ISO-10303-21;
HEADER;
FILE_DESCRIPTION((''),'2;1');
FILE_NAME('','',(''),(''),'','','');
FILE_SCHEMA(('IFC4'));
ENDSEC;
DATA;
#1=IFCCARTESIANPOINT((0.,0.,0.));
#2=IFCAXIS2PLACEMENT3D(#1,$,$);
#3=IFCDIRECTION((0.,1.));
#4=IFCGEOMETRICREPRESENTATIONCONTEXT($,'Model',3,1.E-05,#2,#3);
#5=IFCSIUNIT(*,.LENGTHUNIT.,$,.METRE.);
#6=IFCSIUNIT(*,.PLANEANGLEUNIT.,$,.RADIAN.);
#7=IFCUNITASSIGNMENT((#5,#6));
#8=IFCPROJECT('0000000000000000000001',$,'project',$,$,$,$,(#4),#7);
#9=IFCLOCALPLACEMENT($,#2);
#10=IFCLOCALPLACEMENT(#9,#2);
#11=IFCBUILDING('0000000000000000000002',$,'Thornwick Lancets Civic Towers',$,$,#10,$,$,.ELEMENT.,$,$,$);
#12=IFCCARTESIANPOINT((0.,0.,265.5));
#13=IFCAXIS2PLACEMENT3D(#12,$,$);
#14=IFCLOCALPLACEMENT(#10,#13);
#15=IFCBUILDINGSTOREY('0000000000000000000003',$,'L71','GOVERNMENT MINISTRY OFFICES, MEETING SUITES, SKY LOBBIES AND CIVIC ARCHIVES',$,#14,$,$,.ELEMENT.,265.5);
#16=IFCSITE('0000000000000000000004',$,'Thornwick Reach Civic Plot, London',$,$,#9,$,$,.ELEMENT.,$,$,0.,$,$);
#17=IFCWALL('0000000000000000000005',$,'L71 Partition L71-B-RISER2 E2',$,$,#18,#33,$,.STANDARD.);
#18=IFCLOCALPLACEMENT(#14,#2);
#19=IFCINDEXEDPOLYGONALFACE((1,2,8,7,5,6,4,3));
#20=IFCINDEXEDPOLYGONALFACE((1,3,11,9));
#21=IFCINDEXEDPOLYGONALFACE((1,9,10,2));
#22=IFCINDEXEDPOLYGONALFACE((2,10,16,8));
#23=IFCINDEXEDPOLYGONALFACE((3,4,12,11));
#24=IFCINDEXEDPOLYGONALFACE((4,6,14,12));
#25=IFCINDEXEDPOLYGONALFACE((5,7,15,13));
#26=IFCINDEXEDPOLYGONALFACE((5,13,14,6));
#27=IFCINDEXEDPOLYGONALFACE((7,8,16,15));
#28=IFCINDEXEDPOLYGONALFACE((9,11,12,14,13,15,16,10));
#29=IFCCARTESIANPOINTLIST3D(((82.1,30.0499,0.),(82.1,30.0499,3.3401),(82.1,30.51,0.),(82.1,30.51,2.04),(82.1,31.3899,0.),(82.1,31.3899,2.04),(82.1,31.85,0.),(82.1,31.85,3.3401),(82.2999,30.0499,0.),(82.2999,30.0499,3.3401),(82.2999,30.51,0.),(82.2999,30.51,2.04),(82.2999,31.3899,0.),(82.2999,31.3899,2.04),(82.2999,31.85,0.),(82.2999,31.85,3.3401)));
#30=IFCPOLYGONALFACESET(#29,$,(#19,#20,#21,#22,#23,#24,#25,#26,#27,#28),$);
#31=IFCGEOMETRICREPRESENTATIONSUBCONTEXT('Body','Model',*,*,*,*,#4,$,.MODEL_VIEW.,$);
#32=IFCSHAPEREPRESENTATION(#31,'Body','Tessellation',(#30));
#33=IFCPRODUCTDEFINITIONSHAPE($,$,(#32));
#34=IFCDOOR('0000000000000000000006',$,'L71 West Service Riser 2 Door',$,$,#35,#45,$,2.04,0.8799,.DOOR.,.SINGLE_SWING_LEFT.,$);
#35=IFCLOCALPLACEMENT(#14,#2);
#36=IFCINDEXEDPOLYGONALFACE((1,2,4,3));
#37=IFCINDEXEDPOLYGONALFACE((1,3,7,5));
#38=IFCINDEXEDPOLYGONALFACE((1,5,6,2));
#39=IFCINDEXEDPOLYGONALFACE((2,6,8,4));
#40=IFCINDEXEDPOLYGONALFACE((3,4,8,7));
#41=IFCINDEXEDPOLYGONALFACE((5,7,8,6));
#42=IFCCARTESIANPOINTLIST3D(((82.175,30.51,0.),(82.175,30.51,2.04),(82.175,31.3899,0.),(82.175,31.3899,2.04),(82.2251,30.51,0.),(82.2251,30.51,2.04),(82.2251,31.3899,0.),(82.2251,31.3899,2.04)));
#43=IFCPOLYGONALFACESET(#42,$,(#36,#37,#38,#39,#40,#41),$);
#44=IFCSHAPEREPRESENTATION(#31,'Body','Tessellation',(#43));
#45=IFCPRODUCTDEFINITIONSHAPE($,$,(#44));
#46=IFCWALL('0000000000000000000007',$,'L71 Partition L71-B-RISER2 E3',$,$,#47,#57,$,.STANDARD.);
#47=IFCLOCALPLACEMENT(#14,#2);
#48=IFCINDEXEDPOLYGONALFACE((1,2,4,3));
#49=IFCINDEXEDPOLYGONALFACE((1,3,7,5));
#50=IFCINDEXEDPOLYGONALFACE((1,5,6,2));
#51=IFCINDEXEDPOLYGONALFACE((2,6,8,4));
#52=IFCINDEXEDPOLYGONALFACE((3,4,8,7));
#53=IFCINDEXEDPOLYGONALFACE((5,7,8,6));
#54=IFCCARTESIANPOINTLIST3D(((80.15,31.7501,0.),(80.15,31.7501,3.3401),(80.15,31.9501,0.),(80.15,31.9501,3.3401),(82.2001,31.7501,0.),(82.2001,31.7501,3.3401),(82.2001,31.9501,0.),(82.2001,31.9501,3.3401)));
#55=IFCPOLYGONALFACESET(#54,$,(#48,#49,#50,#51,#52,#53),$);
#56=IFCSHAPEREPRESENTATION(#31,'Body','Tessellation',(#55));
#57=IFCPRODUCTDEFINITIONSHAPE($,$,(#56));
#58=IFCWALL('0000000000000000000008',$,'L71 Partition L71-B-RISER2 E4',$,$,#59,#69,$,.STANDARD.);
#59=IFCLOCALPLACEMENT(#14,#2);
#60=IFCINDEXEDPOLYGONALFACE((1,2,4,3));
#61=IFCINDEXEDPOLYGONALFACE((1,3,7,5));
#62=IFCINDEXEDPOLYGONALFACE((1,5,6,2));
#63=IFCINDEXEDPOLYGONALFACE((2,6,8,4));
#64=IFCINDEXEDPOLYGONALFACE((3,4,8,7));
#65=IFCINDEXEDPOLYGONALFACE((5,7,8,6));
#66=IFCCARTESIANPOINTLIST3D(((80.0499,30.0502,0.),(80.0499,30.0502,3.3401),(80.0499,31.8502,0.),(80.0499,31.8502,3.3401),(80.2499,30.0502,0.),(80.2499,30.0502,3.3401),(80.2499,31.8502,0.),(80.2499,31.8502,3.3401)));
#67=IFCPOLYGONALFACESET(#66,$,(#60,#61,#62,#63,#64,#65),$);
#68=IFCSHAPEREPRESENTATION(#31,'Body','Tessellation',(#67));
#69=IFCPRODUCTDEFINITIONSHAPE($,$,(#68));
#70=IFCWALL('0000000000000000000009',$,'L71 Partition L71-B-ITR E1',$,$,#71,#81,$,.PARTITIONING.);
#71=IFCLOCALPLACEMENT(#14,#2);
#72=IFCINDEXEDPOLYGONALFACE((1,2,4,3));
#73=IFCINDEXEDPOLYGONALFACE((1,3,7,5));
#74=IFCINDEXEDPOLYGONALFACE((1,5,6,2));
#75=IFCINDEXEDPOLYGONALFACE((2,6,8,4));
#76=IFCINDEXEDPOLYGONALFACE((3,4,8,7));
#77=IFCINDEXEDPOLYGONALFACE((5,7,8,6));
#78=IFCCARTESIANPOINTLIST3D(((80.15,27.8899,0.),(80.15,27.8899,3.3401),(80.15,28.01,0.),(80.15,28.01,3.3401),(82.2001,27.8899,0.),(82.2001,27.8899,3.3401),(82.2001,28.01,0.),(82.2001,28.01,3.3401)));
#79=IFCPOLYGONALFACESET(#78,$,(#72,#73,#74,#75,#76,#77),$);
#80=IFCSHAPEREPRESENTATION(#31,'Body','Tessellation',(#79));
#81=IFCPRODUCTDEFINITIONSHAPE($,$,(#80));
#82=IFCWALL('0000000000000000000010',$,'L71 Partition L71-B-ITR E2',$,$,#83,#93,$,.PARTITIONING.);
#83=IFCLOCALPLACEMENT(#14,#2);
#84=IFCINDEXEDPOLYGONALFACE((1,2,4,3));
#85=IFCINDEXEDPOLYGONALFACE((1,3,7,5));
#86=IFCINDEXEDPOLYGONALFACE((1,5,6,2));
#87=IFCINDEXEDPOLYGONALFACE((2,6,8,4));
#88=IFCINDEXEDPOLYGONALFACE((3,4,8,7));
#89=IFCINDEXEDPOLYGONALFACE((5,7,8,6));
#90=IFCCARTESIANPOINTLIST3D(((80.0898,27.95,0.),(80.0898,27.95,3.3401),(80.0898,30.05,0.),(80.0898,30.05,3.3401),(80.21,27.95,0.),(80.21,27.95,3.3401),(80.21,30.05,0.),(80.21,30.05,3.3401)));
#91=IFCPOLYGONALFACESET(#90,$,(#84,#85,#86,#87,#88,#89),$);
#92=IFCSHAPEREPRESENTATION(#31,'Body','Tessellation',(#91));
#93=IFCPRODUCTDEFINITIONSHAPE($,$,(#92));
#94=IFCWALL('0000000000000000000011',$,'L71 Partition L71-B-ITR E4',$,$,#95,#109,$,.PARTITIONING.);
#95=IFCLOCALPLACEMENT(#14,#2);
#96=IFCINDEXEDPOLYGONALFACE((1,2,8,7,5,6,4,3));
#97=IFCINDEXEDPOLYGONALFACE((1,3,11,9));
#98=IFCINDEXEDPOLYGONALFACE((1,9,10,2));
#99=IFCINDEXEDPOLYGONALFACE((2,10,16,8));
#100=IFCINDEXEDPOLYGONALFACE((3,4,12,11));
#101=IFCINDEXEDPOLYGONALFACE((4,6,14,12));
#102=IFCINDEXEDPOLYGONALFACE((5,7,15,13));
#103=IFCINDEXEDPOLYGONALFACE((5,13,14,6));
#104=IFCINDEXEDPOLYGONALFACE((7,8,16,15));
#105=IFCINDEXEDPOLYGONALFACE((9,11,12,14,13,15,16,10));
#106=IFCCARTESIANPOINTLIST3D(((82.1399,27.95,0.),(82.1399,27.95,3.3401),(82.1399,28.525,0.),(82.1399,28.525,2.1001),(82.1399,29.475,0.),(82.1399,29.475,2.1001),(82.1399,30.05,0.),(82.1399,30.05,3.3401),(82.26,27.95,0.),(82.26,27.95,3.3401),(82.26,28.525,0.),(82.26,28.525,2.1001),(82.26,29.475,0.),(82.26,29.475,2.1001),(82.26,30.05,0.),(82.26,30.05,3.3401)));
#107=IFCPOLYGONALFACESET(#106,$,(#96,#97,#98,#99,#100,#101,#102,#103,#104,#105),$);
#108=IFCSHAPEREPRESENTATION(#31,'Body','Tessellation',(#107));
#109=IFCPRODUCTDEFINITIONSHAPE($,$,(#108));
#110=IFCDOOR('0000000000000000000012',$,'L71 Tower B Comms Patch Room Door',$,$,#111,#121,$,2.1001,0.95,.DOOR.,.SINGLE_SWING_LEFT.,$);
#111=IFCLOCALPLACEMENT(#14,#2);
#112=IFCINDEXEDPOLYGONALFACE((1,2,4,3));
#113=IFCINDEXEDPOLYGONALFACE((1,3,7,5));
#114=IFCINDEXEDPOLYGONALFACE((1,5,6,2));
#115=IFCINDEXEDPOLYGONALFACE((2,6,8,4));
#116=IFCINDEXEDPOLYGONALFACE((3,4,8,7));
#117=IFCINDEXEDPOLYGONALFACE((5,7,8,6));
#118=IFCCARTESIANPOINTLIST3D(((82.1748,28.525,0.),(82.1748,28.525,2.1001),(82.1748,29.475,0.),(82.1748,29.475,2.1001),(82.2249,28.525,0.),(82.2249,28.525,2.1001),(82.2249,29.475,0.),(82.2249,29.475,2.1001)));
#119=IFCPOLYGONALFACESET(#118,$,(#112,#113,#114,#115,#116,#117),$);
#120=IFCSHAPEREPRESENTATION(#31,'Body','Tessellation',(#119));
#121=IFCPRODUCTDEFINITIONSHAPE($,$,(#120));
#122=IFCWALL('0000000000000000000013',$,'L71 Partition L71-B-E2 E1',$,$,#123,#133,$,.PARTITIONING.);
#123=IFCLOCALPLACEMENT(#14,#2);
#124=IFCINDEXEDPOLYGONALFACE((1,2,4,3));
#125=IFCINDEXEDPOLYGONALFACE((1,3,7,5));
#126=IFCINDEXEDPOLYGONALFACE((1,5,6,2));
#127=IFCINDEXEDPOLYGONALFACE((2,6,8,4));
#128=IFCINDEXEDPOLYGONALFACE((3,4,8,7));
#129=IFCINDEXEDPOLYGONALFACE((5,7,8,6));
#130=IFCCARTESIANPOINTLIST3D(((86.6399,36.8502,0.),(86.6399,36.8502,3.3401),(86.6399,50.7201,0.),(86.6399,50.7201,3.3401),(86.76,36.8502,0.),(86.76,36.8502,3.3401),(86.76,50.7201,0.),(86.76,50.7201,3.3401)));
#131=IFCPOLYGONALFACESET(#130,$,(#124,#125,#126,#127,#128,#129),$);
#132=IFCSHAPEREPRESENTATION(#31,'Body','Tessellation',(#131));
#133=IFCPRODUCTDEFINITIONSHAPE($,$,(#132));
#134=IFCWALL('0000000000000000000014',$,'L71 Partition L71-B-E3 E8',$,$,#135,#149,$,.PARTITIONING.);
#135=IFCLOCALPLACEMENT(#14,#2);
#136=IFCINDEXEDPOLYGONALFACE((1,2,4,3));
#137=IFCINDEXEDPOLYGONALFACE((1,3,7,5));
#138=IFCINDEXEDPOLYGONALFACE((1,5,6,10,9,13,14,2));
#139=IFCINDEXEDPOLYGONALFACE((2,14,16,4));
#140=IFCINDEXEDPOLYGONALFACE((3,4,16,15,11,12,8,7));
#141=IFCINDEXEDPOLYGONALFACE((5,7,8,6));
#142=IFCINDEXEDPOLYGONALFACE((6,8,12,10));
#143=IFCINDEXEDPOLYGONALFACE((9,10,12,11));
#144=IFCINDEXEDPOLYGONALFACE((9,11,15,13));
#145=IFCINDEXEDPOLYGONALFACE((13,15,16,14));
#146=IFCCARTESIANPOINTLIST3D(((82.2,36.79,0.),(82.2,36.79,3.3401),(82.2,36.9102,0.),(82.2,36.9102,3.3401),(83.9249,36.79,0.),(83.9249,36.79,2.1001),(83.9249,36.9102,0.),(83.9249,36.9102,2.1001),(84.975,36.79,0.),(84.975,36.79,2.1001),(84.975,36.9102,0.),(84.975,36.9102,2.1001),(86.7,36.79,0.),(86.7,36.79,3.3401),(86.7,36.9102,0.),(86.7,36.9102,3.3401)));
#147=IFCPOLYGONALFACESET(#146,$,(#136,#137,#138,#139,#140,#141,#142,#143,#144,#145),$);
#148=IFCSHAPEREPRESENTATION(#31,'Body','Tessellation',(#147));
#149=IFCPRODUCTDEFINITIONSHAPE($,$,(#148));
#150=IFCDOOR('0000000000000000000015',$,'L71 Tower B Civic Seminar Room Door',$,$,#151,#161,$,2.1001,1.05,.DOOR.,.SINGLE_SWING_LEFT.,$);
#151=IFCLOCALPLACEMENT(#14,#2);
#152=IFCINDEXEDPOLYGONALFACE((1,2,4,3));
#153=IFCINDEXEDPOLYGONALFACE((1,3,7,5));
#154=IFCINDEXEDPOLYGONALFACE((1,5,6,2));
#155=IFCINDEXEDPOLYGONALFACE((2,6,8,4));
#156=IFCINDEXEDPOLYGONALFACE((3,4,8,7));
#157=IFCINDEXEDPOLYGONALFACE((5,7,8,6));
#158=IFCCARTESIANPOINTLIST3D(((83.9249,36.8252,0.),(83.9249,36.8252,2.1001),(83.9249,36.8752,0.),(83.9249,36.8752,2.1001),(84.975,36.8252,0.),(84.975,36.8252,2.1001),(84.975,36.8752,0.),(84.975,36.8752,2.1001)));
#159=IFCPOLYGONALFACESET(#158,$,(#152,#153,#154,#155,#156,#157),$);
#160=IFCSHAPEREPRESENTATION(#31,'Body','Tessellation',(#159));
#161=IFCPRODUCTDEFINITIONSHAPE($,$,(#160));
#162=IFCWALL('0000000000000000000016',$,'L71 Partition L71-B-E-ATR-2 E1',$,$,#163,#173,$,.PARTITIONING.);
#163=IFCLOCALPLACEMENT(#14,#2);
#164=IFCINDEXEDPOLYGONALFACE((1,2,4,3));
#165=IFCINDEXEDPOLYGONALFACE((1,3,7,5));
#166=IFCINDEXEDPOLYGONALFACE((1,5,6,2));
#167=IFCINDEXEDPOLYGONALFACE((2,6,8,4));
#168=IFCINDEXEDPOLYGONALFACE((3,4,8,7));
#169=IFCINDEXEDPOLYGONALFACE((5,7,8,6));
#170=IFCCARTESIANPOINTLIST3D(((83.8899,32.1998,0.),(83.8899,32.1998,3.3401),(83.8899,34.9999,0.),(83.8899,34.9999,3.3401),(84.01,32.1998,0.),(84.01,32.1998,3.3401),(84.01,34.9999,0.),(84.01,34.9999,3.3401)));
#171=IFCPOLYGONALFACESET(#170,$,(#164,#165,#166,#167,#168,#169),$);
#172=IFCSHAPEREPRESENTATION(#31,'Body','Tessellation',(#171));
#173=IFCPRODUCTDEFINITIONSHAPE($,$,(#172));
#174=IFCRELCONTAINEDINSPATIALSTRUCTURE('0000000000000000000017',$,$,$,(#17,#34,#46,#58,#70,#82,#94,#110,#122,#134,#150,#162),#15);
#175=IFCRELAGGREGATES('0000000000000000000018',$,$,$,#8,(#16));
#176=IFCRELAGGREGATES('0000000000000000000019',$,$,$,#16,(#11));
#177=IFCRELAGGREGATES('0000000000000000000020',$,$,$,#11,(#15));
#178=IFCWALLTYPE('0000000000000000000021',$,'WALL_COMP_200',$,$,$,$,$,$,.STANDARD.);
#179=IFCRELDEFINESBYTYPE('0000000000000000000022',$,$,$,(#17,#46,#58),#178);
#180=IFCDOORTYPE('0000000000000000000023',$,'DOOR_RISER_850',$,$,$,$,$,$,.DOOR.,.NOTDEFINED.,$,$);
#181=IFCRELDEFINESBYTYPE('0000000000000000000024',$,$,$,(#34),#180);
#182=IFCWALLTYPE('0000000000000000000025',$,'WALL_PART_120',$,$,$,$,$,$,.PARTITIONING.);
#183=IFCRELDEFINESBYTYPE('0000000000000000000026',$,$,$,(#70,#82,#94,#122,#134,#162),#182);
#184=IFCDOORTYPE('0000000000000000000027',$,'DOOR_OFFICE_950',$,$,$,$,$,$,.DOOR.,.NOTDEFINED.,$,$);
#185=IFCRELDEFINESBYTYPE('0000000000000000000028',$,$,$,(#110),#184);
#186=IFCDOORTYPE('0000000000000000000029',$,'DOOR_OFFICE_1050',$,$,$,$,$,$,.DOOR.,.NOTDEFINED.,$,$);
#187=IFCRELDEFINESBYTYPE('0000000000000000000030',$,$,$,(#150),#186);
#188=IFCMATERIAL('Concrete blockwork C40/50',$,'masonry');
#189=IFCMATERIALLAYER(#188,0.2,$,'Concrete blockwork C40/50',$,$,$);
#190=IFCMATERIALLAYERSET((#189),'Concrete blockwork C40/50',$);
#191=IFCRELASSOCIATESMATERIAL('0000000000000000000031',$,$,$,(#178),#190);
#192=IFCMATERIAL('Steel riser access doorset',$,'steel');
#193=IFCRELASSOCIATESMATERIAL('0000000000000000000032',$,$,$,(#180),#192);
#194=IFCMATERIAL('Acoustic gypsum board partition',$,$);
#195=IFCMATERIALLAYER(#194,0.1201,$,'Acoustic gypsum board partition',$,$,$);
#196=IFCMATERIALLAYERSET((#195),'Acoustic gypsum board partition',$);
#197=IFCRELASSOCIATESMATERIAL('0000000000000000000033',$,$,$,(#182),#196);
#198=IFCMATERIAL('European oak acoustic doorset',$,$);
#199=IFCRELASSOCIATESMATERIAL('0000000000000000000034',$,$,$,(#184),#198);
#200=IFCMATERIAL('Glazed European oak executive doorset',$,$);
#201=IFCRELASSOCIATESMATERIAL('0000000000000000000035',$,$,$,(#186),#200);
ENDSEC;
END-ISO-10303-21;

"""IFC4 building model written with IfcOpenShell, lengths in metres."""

from ifc_helpers import new_model, si_unit, direction, frame, frame_2d, origin, place, context, subcontext, project, spatial, rectangle, extrude, material, layer, layer_set, type_object, element, fill, save


model = new_model("IFC4")

# Units and contexts
model_context = context("Model", 3, precision=1e-05, world=origin(), true_north=direction((0.0, 1.0)))
body_context = subcontext(model_context, "Body", "Model", "MODEL_VIEW")
ifc_project = project(units=[si_unit("LENGTHUNIT", "METRE"), si_unit("PLANEANGLEUNIT", "RADIAN")], contexts=[model_context])

# Site, building, storey
site_placement = place(None, origin())
site = spatial("IfcSite", under=ifc_project, at=site_placement, Name="Thornwick Reach Civic Plot, London", CompositionType="ELEMENT", RefElevation=0.0)
building_placement = place(site_placement, origin())
building = spatial("IfcBuilding", under=site, at=building_placement, Name="Thornwick Lancets Civic Towers", CompositionType="ELEMENT")
storey_placement = place(building_placement, frame((0.0, 0.0, 265.5)))
storey = spatial("IfcBuildingStorey", under=building, at=storey_placement, Name="L71", Description="GOVERNMENT MINISTRY OFFICES, MEETING SUITES, SKY LOBBIES AND CIVIC ARCHIVES", CompositionType="ELEMENT", Elevation=265.5)

# Shared definitions
ifc_material_1 = material(Name="Concrete blockwork C40/50", Category="masonry")
ifc_layer_1 = layer(ifc_material_1, 0.2, Name="Concrete blockwork C40/50")
ifc_layer_set_1 = layer_set([ifc_layer_1], Name="Concrete blockwork C40/50")
wall_type_1 = type_object("IfcWallType", Name="WALL_COMP_200", PredefinedType="STANDARD", material=ifc_layer_set_1)

# Wall, opening, door
wall_1_placement = place(storey_placement, frame((82.2, 30.05, 0.0), z_axis=(0.0, 0.0, 1.0), x_axis=(0.0, 1.0, 0.0)))
wall_1 = element("IfcWall", 1, at=wall_1_placement, inside=storey, type_object=wall_type_1, Name="L71 Partition L71-B-RISER2 E2", PredefinedType="STANDARD", context=body_context, shape_type="SweptSolid", body=[
    extrude(rectangle(XDim=1.8, YDim=0.2, at=frame_2d((0.8999, 0.0))), origin(), (0.0, 0.0, 1.0), 3.3401),
])
opening_1_placement = place(wall_1_placement, frame((0.46, 0.0, 0.0)))
opening_1 = element("IfcOpeningElement", 2, at=opening_1_placement, cuts=wall_1, PredefinedType="OPENING", context=body_context, shape_type="SweptSolid", body=[
    extrude(rectangle(XDim=0.8799, YDim=2.04, at=frame_2d((0.4399, 1.02))), frame((0.0, 0.1099, 0.0), z_axis=(0.0, -1.0, 0.0), x_axis=(1.0, 0.0, 0.0)), (0.0, 0.0, 1.0), 0.22),
])
ifc_material_2 = material(Name="Steel riser access doorset", Category="steel")
door_type_1 = type_object("IfcDoorType", Name="DOOR_RISER_850", OperationType="NOTDEFINED", PredefinedType="DOOR", material=ifc_material_2)
door_1_placement = place(opening_1_placement, origin())
door_1 = element("IfcDoor", 3, at=door_1_placement, inside=storey, type_object=door_type_1, Name="L71 West Service Riser 2 Door", OperationType="SINGLE_SWING_LEFT", OverallHeight=2.04, OverallWidth=0.8799, PredefinedType="DOOR", context=body_context, shape_type="SweptSolid", body=[
    extrude(rectangle(XDim=0.8799, YDim=2.04, at=frame_2d((0.4399, 1.02))), frame((0.0, 0.0249, 0.0), z_axis=(0.0, -1.0, 0.0), x_axis=(1.0, 0.0, 0.0)), (0.0, 0.0, 1.0), 0.05),
])
fill(opening_1, door_1)

# Walls
wall_2_placement = place(storey_placement, frame((82.2, 31.8501, 0.0), z_axis=(0.0, 0.0, 1.0), x_axis=(-1.0, 0.0, 0.0)))
element("IfcWall", 4, at=wall_2_placement, inside=storey, type_object=wall_type_1, Name="L71 Partition L71-B-RISER2 E3", PredefinedType="STANDARD", context=body_context, shape_type="SweptSolid", body=[
    extrude(rectangle(XDim=2.05, YDim=0.2, at=frame_2d((1.0249, 0.0))), origin(), (0.0, 0.0, 1.0), 3.3401),
])
wall_3_placement = place(storey_placement, frame((80.1499, 31.8501, 0.0), z_axis=(0.0, 0.0, 1.0), x_axis=(0.0, -1.0, 0.0)))
element("IfcWall", 5, at=wall_3_placement, inside=storey, type_object=wall_type_1, Name="L71 Partition L71-B-RISER2 E4", PredefinedType="STANDARD", context=body_context, shape_type="SweptSolid", body=[
    extrude(rectangle(XDim=1.8, YDim=0.2, at=frame_2d((0.8999, 0.0))), origin(), (0.0, 0.0, 1.0), 3.3401),
])
ifc_material_3 = material(Name="Acoustic gypsum board partition")
ifc_layer_2 = layer(ifc_material_3, 0.1201, Name="Acoustic gypsum board partition")
ifc_layer_set_2 = layer_set([ifc_layer_2], Name="Acoustic gypsum board partition")
wall_type_2 = type_object("IfcWallType", Name="WALL_PART_120", PredefinedType="PARTITIONING", material=ifc_layer_set_2)
wall_4_placement = place(storey_placement, frame((82.2, 27.95, 0.0), z_axis=(0.0, 0.0, 1.0), x_axis=(-1.0, 0.0, 0.0)))
element("IfcWall", 6, at=wall_4_placement, inside=storey, type_object=wall_type_2, Name="L71 Partition L71-B-ITR E1", PredefinedType="PARTITIONING", context=body_context, shape_type="SweptSolid", body=[
    extrude(rectangle(XDim=2.05, YDim=0.1201, at=frame_2d((1.0249, 0.0))), origin(), (0.0, 0.0, 1.0), 3.3401),
])
wall_5_placement = place(storey_placement, frame((80.1499, 27.95, 0.0), z_axis=(0.0, 0.0, 1.0), x_axis=(0.0, 1.0, 0.0)))
element("IfcWall", 7, at=wall_5_placement, inside=storey, type_object=wall_type_2, Name="L71 Partition L71-B-ITR E2", PredefinedType="PARTITIONING", context=body_context, shape_type="SweptSolid", body=[
    extrude(rectangle(XDim=2.1001, YDim=0.1201, at=frame_2d((1.05, 0.0))), origin(), (0.0, 0.0, 1.0), 3.3401),
])

# Wall, opening, door
wall_6_placement = place(storey_placement, frame((82.2, 30.05, 0.0), z_axis=(0.0, 0.0, 1.0), x_axis=(0.0, -1.0, 0.0)))
wall_6 = element("IfcWall", 8, at=wall_6_placement, inside=storey, type_object=wall_type_2, Name="L71 Partition L71-B-ITR E4", PredefinedType="PARTITIONING", context=body_context, shape_type="SweptSolid", body=[
    extrude(rectangle(XDim=2.1001, YDim=0.1201, at=frame_2d((1.05, 0.0))), origin(), (0.0, 0.0, 1.0), 3.3401),
])
opening_2_placement = place(wall_6_placement, frame((0.575, 0.0, 0.0)))
opening_2 = element("IfcOpeningElement", 9, at=opening_2_placement, cuts=wall_6, PredefinedType="OPENING", context=body_context, shape_type="SweptSolid", body=[
    extrude(rectangle(XDim=0.95, YDim=2.1001, at=frame_2d((0.4751, 1.05))), frame((0.0, 0.0701, 0.0), z_axis=(0.0, -1.0, 0.0), x_axis=(1.0, 0.0, 0.0)), (0.0, 0.0, 1.0), 0.1401),
])
ifc_material_4 = material(Name="European oak acoustic doorset")
door_type_2 = type_object("IfcDoorType", Name="DOOR_OFFICE_950", OperationType="NOTDEFINED", PredefinedType="DOOR", material=ifc_material_4)
door_2_placement = place(opening_2_placement, origin())
door_2 = element("IfcDoor", 10, at=door_2_placement, inside=storey, type_object=door_type_2, Name="L71 Tower B Comms Patch Room Door", OperationType="SINGLE_SWING_LEFT", OverallHeight=2.1001, OverallWidth=0.95, PredefinedType="DOOR", context=body_context, shape_type="SweptSolid", body=[
    extrude(rectangle(XDim=0.95, YDim=2.1001, at=frame_2d((0.4751, 1.05))), frame((0.0, 0.0249, 0.0), z_axis=(0.0, -1.0, 0.0), x_axis=(1.0, 0.0, 0.0)), (0.0, 0.0, 1.0), 0.05),
])
fill(opening_2, door_2)

# Wall
wall_7_placement = place(storey_placement, frame((86.7, 36.8501, 0.0), z_axis=(0.0, 0.0, 1.0), x_axis=(0.0, 1.0, 0.0)))
element("IfcWall", 11, at=wall_7_placement, inside=storey, type_object=wall_type_2, Name="L71 Partition L71-B-E2 E1", PredefinedType="PARTITIONING", context=body_context, shape_type="SweptSolid", body=[
    extrude(rectangle(XDim=13.8699, YDim=0.1201, at=frame_2d((6.9351, 0.0))), origin(), (0.0, 0.0, 1.0), 3.3401),
])

# Wall, opening, door
wall_8_placement = place(storey_placement, frame((86.7, 36.8501, 0.0), z_axis=(0.0, 0.0, 1.0), x_axis=(-1.0, 0.0, 0.0)))
wall_8 = element("IfcWall", 12, at=wall_8_placement, inside=storey, type_object=wall_type_2, Name="L71 Partition L71-B-E3 E8", PredefinedType="PARTITIONING", context=body_context, shape_type="SweptSolid", body=[
    extrude(rectangle(XDim=4.5, YDim=0.1201, at=frame_2d((2.25, 0.0))), origin(), (0.0, 0.0, 1.0), 3.3401),
])
opening_3_placement = place(wall_8_placement, frame((1.7251, 0.0, 0.0)))
opening_3 = element("IfcOpeningElement", 13, at=opening_3_placement, cuts=wall_8, PredefinedType="OPENING", context=body_context, shape_type="SweptSolid", body=[
    extrude(rectangle(XDim=1.05, YDim=2.1001, at=frame_2d((0.5249, 1.05))), frame((0.0, 0.0701, 0.0), z_axis=(0.0, -1.0, 0.0), x_axis=(1.0, 0.0, 0.0)), (0.0, 0.0, 1.0), 0.1401),
])
ifc_material_5 = material(Name="Glazed European oak executive doorset")
door_type_3 = type_object("IfcDoorType", Name="DOOR_OFFICE_1050", OperationType="NOTDEFINED", PredefinedType="DOOR", material=ifc_material_5)
door_3_placement = place(opening_3_placement, origin())
door_3 = element("IfcDoor", 14, at=door_3_placement, inside=storey, type_object=door_type_3, Name="L71 Tower B Civic Seminar Room Door", OperationType="SINGLE_SWING_LEFT", OverallHeight=2.1001, OverallWidth=1.05, PredefinedType="DOOR", context=body_context, shape_type="SweptSolid", body=[
    extrude(rectangle(XDim=1.05, YDim=2.1001, at=frame_2d((0.5249, 1.05))), frame((0.0, 0.0249, 0.0), z_axis=(0.0, -1.0, 0.0), x_axis=(1.0, 0.0, 0.0)), (0.0, 0.0, 1.0), 0.05),
])
fill(opening_3, door_3)

# Wall
wall_9_placement = place(storey_placement, frame((83.95, 32.2, 0.0), z_axis=(0.0, 0.0, 1.0), x_axis=(0.0, 1.0, 0.0)))
element("IfcWall", 15, at=wall_9_placement, inside=storey, type_object=wall_type_2, Name="L71 Partition L71-B-E-ATR-2 E1", PredefinedType="PARTITIONING", context=body_context, shape_type="SweptSolid", body=[
    extrude(rectangle(XDim=2.8, YDim=0.1201, at=frame_2d((1.3999, 0.0))), origin(), (0.0, 0.0, 1.0), 3.3401),
])

save(model, "model.ifc")
